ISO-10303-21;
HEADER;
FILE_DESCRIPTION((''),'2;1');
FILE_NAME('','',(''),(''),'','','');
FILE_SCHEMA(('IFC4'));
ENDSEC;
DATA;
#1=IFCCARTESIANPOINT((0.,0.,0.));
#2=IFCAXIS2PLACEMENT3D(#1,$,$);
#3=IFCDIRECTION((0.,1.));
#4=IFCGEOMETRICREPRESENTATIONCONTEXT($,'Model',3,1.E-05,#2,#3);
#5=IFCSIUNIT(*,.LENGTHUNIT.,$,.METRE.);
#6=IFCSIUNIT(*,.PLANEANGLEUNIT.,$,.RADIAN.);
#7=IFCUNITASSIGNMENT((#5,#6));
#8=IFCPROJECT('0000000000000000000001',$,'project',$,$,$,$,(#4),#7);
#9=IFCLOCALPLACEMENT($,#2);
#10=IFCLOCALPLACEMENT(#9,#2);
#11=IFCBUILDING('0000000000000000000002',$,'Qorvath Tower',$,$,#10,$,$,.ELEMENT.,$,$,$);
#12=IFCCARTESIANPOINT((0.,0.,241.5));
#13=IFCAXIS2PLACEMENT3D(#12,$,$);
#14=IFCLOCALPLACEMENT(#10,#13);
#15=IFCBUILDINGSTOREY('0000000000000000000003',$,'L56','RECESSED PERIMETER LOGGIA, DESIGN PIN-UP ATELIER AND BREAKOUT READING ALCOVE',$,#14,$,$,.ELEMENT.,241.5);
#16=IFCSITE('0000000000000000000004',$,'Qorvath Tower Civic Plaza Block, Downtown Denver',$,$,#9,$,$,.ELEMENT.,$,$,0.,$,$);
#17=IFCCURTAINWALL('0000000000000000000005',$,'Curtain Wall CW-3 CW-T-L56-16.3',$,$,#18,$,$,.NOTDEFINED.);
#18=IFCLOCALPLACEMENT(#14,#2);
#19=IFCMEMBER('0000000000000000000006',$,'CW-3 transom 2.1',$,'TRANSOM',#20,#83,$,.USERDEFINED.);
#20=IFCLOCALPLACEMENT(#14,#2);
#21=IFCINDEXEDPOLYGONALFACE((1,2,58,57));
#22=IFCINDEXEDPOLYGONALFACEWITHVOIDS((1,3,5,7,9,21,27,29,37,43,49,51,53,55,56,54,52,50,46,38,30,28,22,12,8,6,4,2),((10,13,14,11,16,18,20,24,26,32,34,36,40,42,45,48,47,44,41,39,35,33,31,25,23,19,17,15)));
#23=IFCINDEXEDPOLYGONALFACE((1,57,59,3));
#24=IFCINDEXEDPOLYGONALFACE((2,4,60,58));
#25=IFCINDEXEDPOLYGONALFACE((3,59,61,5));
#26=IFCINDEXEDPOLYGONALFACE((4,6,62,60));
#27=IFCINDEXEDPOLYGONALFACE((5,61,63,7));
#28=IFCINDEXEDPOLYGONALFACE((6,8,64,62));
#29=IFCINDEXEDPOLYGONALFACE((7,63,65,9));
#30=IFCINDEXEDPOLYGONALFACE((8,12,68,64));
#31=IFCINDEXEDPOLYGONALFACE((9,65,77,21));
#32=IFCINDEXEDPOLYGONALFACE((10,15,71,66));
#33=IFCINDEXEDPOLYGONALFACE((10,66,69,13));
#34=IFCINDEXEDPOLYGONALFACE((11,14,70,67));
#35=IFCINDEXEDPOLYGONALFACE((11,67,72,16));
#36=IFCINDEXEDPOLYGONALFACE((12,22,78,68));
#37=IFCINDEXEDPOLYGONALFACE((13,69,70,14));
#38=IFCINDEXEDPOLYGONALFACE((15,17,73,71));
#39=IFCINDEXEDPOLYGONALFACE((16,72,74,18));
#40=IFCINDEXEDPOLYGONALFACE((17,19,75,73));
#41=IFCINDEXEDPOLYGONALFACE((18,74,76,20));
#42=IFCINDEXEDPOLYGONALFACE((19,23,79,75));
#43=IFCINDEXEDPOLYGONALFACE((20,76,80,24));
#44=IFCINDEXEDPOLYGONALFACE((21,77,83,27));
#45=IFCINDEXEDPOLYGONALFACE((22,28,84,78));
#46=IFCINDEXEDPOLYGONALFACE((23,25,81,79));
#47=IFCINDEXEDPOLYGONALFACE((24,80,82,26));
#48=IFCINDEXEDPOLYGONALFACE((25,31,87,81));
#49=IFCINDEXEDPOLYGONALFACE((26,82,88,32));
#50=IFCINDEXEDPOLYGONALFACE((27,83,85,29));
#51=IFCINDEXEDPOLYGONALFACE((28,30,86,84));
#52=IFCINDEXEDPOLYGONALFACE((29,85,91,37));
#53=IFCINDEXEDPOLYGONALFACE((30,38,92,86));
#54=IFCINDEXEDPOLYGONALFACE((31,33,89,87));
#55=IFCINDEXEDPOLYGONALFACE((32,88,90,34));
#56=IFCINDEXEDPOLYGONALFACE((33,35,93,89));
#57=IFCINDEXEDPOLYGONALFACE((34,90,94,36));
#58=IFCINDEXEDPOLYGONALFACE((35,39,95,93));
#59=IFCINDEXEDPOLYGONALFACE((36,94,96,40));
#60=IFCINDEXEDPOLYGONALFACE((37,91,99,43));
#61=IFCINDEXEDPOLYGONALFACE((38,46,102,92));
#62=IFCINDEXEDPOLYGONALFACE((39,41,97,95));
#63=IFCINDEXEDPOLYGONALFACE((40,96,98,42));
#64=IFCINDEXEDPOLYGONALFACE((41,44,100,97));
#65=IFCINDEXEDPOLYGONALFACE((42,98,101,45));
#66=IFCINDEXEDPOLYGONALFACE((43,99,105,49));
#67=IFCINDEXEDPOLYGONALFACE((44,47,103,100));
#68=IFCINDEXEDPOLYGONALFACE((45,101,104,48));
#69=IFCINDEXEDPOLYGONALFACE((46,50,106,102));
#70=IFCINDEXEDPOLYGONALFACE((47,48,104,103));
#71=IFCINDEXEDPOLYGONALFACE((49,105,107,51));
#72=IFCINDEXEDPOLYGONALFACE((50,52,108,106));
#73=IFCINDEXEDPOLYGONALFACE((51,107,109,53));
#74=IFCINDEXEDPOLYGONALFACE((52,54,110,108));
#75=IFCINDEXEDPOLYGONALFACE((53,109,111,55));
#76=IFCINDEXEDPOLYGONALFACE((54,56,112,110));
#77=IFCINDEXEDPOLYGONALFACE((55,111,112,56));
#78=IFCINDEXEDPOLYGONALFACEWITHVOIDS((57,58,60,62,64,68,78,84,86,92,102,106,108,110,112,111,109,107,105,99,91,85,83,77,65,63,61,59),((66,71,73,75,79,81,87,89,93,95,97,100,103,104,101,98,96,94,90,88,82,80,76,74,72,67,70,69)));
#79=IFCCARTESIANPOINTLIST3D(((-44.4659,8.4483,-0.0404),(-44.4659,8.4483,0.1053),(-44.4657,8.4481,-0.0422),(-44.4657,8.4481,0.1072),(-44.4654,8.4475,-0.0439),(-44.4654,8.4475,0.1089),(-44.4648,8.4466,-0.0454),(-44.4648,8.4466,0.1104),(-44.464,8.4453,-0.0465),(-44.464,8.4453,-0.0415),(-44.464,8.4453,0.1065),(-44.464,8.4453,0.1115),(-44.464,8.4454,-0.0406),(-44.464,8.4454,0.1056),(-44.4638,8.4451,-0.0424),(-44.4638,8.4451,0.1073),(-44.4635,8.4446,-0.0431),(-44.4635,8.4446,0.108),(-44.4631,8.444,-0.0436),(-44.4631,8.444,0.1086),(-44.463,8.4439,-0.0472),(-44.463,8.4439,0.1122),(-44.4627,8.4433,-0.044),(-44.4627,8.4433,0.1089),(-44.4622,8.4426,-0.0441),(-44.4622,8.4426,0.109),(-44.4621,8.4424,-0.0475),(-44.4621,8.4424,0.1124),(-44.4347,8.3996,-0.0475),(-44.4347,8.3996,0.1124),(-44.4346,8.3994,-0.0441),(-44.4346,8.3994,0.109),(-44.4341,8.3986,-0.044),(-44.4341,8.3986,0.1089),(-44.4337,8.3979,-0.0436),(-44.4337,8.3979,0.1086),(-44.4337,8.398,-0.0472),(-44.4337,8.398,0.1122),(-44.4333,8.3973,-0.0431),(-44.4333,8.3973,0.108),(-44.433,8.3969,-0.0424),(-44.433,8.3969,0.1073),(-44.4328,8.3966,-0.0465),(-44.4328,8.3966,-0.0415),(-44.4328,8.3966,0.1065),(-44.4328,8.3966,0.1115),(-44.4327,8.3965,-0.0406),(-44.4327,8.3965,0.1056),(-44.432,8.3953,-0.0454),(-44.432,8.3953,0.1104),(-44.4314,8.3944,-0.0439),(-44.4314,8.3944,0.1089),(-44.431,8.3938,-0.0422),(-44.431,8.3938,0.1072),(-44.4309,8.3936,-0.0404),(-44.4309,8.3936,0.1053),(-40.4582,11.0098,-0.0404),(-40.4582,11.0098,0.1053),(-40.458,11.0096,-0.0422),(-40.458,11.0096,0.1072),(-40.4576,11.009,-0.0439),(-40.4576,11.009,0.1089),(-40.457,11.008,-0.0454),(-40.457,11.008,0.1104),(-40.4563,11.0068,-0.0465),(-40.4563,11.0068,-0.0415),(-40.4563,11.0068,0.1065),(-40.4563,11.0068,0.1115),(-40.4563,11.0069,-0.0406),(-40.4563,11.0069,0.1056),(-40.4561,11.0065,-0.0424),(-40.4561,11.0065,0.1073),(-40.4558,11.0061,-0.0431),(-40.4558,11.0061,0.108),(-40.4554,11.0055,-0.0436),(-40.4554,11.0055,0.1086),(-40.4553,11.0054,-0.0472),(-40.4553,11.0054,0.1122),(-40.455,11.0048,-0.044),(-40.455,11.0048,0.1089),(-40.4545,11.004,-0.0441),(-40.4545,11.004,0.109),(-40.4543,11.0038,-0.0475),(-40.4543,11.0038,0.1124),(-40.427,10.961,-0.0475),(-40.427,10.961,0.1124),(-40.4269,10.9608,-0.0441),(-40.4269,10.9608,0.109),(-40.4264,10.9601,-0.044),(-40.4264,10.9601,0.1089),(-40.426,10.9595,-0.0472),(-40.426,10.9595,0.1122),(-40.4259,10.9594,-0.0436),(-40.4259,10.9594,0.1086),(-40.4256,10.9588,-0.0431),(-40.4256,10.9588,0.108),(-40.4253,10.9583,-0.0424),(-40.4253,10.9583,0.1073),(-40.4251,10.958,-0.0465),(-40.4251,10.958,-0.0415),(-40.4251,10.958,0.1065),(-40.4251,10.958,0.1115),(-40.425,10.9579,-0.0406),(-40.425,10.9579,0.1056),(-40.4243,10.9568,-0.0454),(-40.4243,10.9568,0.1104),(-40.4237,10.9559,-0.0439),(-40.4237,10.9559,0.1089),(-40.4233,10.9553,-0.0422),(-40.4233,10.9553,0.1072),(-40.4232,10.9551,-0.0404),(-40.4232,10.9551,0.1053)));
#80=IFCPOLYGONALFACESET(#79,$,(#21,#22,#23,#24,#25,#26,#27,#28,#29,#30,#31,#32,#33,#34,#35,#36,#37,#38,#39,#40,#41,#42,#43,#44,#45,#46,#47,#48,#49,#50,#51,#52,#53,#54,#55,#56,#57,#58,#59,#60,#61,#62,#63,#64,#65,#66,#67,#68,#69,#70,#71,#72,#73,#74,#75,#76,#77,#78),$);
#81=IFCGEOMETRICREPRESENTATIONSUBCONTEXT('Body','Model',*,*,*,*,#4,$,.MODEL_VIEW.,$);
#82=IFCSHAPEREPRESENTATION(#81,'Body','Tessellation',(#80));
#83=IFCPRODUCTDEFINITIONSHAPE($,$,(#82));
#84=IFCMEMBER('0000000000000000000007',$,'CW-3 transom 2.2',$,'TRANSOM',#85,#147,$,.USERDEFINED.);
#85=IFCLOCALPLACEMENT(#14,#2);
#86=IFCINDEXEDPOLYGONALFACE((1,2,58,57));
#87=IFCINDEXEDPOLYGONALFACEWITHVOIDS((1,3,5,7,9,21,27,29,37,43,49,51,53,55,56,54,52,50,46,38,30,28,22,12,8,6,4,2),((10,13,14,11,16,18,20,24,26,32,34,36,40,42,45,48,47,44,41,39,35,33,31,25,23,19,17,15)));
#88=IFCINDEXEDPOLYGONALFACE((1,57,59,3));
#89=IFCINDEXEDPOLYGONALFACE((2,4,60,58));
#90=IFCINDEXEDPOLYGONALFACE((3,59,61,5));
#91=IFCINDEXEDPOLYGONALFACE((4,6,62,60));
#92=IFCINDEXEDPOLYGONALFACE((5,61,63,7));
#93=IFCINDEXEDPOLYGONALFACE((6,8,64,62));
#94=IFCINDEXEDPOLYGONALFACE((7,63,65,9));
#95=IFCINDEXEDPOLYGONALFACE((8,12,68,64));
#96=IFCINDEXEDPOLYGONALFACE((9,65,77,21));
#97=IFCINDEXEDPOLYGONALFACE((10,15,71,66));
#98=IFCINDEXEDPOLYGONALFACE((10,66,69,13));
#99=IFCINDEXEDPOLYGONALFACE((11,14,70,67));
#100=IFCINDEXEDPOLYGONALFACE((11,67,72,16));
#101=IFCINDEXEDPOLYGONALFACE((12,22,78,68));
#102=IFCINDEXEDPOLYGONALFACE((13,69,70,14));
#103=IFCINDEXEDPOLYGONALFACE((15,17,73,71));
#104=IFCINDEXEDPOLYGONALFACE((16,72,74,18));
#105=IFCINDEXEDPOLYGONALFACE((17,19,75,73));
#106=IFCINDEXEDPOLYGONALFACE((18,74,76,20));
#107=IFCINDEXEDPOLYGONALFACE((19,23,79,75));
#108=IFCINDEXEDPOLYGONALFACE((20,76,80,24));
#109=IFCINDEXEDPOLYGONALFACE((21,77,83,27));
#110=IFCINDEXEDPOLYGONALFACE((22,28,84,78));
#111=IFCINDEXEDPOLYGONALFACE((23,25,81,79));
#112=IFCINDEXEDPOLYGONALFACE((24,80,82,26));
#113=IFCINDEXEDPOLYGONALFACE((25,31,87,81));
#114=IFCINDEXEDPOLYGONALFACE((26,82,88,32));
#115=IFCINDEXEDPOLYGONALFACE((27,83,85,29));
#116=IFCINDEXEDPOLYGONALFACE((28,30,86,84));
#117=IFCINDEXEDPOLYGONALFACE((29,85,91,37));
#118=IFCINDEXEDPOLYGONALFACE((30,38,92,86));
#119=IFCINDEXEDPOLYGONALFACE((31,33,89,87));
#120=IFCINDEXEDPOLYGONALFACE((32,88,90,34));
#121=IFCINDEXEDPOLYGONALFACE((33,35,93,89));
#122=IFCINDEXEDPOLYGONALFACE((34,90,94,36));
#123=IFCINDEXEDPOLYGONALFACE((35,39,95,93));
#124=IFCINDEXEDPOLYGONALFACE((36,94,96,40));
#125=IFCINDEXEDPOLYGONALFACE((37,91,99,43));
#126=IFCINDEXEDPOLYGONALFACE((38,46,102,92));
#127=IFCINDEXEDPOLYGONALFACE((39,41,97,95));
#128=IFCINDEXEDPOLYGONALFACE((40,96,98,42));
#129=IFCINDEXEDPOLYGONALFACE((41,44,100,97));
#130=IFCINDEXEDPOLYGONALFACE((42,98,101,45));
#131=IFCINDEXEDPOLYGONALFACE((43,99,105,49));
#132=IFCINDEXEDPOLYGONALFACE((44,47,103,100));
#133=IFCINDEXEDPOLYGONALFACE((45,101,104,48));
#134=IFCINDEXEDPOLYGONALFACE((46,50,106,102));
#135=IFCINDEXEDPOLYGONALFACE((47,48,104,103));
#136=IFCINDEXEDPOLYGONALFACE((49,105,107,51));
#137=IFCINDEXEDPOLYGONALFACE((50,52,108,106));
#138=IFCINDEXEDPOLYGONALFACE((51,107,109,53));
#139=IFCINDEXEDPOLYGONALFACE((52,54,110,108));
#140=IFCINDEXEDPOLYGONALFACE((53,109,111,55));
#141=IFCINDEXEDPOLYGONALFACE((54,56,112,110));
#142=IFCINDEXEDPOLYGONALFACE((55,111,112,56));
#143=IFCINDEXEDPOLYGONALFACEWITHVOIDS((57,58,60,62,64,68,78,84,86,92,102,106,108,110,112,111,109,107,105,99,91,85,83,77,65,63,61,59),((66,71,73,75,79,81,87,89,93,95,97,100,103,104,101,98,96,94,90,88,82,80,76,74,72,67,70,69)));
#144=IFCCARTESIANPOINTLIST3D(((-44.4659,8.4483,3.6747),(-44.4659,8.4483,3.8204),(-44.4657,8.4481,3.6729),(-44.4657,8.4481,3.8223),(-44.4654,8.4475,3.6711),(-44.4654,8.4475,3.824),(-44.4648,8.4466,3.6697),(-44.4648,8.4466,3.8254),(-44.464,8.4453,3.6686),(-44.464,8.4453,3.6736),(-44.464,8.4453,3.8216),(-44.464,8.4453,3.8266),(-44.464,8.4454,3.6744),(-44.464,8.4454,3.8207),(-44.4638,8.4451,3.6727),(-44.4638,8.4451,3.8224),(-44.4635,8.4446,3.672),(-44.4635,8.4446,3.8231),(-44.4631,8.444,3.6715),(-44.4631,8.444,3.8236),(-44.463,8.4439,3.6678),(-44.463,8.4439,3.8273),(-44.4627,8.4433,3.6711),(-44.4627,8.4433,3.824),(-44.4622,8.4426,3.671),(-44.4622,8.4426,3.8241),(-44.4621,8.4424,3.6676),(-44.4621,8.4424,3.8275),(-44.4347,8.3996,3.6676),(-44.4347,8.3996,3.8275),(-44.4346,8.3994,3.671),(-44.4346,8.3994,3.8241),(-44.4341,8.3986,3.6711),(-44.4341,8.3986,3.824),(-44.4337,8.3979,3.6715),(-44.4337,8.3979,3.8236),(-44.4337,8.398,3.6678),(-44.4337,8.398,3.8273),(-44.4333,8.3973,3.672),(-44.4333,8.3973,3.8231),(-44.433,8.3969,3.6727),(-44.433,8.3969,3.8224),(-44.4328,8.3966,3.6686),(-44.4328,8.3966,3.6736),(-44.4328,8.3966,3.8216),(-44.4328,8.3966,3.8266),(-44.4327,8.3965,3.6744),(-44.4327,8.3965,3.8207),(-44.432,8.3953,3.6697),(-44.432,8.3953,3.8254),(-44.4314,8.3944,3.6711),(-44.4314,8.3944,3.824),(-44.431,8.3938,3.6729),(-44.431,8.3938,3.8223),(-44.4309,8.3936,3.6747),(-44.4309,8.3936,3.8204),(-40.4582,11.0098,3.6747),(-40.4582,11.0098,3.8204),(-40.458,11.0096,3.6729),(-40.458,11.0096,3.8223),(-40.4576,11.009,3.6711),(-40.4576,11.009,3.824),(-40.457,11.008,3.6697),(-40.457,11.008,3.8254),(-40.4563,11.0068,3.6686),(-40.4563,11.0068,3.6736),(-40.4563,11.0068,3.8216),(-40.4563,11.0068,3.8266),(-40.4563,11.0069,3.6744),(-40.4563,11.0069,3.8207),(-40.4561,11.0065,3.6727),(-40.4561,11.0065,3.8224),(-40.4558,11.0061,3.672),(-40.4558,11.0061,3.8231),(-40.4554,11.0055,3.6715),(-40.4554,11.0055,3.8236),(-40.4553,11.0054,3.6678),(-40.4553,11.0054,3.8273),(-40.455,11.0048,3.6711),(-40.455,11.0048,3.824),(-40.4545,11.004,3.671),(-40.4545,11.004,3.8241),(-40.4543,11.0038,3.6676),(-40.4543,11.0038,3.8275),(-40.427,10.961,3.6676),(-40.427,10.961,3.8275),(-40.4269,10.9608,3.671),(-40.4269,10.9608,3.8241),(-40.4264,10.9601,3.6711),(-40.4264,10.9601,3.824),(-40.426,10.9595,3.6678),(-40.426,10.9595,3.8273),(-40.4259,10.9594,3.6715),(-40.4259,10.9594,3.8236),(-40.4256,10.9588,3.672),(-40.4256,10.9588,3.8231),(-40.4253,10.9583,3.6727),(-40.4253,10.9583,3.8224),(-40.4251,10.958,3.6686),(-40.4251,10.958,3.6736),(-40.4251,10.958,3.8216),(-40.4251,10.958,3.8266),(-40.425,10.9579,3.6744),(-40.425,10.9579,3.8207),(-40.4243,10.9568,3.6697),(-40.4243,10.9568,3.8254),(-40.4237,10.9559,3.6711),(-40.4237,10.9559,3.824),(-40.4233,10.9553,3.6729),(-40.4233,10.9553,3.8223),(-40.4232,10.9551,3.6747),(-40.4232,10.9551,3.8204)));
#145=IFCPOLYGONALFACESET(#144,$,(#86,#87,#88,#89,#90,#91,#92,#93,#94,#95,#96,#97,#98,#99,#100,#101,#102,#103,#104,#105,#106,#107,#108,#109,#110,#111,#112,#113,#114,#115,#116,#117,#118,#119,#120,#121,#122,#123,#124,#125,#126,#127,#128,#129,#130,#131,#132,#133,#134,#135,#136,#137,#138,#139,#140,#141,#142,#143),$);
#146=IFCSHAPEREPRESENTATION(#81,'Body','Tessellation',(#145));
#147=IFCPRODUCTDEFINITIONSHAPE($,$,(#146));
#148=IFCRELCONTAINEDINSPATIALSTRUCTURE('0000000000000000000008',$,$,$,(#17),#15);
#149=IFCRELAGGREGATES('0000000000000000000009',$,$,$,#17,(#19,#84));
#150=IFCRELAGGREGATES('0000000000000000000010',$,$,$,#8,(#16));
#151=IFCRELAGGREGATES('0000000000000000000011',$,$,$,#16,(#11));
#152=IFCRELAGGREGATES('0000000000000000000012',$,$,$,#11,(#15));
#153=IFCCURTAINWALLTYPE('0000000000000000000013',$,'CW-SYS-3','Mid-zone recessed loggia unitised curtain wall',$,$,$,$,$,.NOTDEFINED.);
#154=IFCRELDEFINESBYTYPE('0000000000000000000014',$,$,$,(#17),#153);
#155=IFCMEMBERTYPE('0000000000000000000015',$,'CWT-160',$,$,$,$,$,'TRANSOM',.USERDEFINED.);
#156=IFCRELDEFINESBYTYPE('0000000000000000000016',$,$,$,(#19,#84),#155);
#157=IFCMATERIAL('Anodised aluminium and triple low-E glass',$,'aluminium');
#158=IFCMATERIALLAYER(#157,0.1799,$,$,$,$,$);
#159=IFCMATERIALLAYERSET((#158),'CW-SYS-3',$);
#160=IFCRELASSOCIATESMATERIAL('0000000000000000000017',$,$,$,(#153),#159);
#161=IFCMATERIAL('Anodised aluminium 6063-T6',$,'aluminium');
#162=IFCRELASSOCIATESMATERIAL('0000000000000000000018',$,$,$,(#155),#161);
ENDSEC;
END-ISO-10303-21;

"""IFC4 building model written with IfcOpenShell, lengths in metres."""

from ifc_helpers import new_model, si_unit, direction, frame, origin, origin_2d, place, context, subcontext, project, spatial, hollow_rectangle, extrude, material, layer, layer_set, material_profile, profile_set, type_object, element, aggregate, save


model = new_model("IFC4")

# Units and contexts
model_context = context("Model", 3, precision=1e-05, world=origin(), true_north=direction((0.0, 1.0)))
body_context = subcontext(model_context, "Body", "Model", "MODEL_VIEW")
ifc_project = project(units=[si_unit("LENGTHUNIT", "METRE"), si_unit("PLANEANGLEUNIT", "RADIAN")], contexts=[model_context])

# Site, building, storey
site_placement = place(None, origin())
site = spatial("IfcSite", under=ifc_project, at=site_placement, Name="Qorvath Tower Civic Plaza Block, Downtown Denver", CompositionType="ELEMENT", RefElevation=0.0)
building_placement = place(site_placement, origin())
building = spatial("IfcBuilding", under=site, at=building_placement, Name="Qorvath Tower", CompositionType="ELEMENT")
storey_placement = place(building_placement, frame((0.0, 0.0, 241.5)))
storey = spatial("IfcBuildingStorey", under=building, at=storey_placement, Name="L56", Description="RECESSED PERIMETER LOGGIA, DESIGN PIN-UP ATELIER AND BREAKOUT READING ALCOVE", CompositionType="ELEMENT", Elevation=241.5)

# Curtain wall, members
ifc_material_1 = material(Name="Anodised aluminium and triple low-E glass", Category="aluminium")
ifc_layer_1 = layer(ifc_material_1, 0.1799)
ifc_layer_set_1 = layer_set([ifc_layer_1], Name="CW-SYS-3")
curtain_wall_type = type_object("IfcCurtainWallType", Name="CW-SYS-3", Description="Mid-zone recessed loggia unitised curtain wall", PredefinedType="NOTDEFINED", material=ifc_layer_set_1)
curtain_wall_placement = place(storey_placement, origin())
curtain_wall = element("IfcCurtainWall", 1, at=curtain_wall_placement, inside=storey, type_object=curtain_wall_type, Name="Curtain Wall CW-3 CW-T-L56-16.3", PredefinedType="NOTDEFINED")
ifc_material_2 = material(Name="Anodised aluminium 6063-T6", Category="aluminium")
ifc_material_profile_1 = material_profile(ifc_material_2, hollow_rectangle(XDim=0.0649, YDim=0.1599, WallThickness=0.0034, InnerFilletRadius=0.0034, OuterFilletRadius=0.0071, at=origin_2d()), Name="CWT 160x65")
ifc_profile_set_1 = profile_set([ifc_material_profile_1], Name="Anodised aluminium 6063-T6")
member_type_1 = type_object("IfcMemberType", Name="CWT-160", ElementType="TRANSOM", PredefinedType="USERDEFINED", material=ifc_profile_set_1)
member_1_placement = place(storey_placement, frame((-40.4407, 10.9824, 0.0325), z_axis=(-0.842603, -0.538535, 0.0), x_axis=(0.538535, -0.842603, 0.0)))
member_1 = element("IfcMember", 2, at=member_1_placement, type_object=member_type_1, Name="CW-3 transom 2.1", ObjectType="TRANSOM", PredefinedType="USERDEFINED", context=body_context, shape_type="SweptSolid", body=[
    extrude(hollow_rectangle(XDim=0.0649, YDim=0.1599, WallThickness=0.0034, InnerFilletRadius=0.0034, OuterFilletRadius=0.0071, at=origin_2d()), origin(), (0.0, 0.0, 1.0), 4.7563),
])
member_2_placement = place(storey_placement, frame((-40.4407, 10.9824, 3.7476), z_axis=(-0.842603, -0.538535, 0.0), x_axis=(0.538535, -0.842603, 0.0)))
member_2 = element("IfcMember", 3, at=member_2_placement, type_object=member_type_1, Name="CW-3 transom 2.2", ObjectType="TRANSOM", PredefinedType="USERDEFINED", context=body_context, shape_type="SweptSolid", body=[
    extrude(hollow_rectangle(XDim=0.0649, YDim=0.1599, WallThickness=0.0034, InnerFilletRadius=0.0034, OuterFilletRadius=0.0071, at=origin_2d()), origin(), (0.0, 0.0, 1.0), 4.7563),
])
aggregate(curtain_wall, [member_1, member_2])

save(model, "model.ifc")
